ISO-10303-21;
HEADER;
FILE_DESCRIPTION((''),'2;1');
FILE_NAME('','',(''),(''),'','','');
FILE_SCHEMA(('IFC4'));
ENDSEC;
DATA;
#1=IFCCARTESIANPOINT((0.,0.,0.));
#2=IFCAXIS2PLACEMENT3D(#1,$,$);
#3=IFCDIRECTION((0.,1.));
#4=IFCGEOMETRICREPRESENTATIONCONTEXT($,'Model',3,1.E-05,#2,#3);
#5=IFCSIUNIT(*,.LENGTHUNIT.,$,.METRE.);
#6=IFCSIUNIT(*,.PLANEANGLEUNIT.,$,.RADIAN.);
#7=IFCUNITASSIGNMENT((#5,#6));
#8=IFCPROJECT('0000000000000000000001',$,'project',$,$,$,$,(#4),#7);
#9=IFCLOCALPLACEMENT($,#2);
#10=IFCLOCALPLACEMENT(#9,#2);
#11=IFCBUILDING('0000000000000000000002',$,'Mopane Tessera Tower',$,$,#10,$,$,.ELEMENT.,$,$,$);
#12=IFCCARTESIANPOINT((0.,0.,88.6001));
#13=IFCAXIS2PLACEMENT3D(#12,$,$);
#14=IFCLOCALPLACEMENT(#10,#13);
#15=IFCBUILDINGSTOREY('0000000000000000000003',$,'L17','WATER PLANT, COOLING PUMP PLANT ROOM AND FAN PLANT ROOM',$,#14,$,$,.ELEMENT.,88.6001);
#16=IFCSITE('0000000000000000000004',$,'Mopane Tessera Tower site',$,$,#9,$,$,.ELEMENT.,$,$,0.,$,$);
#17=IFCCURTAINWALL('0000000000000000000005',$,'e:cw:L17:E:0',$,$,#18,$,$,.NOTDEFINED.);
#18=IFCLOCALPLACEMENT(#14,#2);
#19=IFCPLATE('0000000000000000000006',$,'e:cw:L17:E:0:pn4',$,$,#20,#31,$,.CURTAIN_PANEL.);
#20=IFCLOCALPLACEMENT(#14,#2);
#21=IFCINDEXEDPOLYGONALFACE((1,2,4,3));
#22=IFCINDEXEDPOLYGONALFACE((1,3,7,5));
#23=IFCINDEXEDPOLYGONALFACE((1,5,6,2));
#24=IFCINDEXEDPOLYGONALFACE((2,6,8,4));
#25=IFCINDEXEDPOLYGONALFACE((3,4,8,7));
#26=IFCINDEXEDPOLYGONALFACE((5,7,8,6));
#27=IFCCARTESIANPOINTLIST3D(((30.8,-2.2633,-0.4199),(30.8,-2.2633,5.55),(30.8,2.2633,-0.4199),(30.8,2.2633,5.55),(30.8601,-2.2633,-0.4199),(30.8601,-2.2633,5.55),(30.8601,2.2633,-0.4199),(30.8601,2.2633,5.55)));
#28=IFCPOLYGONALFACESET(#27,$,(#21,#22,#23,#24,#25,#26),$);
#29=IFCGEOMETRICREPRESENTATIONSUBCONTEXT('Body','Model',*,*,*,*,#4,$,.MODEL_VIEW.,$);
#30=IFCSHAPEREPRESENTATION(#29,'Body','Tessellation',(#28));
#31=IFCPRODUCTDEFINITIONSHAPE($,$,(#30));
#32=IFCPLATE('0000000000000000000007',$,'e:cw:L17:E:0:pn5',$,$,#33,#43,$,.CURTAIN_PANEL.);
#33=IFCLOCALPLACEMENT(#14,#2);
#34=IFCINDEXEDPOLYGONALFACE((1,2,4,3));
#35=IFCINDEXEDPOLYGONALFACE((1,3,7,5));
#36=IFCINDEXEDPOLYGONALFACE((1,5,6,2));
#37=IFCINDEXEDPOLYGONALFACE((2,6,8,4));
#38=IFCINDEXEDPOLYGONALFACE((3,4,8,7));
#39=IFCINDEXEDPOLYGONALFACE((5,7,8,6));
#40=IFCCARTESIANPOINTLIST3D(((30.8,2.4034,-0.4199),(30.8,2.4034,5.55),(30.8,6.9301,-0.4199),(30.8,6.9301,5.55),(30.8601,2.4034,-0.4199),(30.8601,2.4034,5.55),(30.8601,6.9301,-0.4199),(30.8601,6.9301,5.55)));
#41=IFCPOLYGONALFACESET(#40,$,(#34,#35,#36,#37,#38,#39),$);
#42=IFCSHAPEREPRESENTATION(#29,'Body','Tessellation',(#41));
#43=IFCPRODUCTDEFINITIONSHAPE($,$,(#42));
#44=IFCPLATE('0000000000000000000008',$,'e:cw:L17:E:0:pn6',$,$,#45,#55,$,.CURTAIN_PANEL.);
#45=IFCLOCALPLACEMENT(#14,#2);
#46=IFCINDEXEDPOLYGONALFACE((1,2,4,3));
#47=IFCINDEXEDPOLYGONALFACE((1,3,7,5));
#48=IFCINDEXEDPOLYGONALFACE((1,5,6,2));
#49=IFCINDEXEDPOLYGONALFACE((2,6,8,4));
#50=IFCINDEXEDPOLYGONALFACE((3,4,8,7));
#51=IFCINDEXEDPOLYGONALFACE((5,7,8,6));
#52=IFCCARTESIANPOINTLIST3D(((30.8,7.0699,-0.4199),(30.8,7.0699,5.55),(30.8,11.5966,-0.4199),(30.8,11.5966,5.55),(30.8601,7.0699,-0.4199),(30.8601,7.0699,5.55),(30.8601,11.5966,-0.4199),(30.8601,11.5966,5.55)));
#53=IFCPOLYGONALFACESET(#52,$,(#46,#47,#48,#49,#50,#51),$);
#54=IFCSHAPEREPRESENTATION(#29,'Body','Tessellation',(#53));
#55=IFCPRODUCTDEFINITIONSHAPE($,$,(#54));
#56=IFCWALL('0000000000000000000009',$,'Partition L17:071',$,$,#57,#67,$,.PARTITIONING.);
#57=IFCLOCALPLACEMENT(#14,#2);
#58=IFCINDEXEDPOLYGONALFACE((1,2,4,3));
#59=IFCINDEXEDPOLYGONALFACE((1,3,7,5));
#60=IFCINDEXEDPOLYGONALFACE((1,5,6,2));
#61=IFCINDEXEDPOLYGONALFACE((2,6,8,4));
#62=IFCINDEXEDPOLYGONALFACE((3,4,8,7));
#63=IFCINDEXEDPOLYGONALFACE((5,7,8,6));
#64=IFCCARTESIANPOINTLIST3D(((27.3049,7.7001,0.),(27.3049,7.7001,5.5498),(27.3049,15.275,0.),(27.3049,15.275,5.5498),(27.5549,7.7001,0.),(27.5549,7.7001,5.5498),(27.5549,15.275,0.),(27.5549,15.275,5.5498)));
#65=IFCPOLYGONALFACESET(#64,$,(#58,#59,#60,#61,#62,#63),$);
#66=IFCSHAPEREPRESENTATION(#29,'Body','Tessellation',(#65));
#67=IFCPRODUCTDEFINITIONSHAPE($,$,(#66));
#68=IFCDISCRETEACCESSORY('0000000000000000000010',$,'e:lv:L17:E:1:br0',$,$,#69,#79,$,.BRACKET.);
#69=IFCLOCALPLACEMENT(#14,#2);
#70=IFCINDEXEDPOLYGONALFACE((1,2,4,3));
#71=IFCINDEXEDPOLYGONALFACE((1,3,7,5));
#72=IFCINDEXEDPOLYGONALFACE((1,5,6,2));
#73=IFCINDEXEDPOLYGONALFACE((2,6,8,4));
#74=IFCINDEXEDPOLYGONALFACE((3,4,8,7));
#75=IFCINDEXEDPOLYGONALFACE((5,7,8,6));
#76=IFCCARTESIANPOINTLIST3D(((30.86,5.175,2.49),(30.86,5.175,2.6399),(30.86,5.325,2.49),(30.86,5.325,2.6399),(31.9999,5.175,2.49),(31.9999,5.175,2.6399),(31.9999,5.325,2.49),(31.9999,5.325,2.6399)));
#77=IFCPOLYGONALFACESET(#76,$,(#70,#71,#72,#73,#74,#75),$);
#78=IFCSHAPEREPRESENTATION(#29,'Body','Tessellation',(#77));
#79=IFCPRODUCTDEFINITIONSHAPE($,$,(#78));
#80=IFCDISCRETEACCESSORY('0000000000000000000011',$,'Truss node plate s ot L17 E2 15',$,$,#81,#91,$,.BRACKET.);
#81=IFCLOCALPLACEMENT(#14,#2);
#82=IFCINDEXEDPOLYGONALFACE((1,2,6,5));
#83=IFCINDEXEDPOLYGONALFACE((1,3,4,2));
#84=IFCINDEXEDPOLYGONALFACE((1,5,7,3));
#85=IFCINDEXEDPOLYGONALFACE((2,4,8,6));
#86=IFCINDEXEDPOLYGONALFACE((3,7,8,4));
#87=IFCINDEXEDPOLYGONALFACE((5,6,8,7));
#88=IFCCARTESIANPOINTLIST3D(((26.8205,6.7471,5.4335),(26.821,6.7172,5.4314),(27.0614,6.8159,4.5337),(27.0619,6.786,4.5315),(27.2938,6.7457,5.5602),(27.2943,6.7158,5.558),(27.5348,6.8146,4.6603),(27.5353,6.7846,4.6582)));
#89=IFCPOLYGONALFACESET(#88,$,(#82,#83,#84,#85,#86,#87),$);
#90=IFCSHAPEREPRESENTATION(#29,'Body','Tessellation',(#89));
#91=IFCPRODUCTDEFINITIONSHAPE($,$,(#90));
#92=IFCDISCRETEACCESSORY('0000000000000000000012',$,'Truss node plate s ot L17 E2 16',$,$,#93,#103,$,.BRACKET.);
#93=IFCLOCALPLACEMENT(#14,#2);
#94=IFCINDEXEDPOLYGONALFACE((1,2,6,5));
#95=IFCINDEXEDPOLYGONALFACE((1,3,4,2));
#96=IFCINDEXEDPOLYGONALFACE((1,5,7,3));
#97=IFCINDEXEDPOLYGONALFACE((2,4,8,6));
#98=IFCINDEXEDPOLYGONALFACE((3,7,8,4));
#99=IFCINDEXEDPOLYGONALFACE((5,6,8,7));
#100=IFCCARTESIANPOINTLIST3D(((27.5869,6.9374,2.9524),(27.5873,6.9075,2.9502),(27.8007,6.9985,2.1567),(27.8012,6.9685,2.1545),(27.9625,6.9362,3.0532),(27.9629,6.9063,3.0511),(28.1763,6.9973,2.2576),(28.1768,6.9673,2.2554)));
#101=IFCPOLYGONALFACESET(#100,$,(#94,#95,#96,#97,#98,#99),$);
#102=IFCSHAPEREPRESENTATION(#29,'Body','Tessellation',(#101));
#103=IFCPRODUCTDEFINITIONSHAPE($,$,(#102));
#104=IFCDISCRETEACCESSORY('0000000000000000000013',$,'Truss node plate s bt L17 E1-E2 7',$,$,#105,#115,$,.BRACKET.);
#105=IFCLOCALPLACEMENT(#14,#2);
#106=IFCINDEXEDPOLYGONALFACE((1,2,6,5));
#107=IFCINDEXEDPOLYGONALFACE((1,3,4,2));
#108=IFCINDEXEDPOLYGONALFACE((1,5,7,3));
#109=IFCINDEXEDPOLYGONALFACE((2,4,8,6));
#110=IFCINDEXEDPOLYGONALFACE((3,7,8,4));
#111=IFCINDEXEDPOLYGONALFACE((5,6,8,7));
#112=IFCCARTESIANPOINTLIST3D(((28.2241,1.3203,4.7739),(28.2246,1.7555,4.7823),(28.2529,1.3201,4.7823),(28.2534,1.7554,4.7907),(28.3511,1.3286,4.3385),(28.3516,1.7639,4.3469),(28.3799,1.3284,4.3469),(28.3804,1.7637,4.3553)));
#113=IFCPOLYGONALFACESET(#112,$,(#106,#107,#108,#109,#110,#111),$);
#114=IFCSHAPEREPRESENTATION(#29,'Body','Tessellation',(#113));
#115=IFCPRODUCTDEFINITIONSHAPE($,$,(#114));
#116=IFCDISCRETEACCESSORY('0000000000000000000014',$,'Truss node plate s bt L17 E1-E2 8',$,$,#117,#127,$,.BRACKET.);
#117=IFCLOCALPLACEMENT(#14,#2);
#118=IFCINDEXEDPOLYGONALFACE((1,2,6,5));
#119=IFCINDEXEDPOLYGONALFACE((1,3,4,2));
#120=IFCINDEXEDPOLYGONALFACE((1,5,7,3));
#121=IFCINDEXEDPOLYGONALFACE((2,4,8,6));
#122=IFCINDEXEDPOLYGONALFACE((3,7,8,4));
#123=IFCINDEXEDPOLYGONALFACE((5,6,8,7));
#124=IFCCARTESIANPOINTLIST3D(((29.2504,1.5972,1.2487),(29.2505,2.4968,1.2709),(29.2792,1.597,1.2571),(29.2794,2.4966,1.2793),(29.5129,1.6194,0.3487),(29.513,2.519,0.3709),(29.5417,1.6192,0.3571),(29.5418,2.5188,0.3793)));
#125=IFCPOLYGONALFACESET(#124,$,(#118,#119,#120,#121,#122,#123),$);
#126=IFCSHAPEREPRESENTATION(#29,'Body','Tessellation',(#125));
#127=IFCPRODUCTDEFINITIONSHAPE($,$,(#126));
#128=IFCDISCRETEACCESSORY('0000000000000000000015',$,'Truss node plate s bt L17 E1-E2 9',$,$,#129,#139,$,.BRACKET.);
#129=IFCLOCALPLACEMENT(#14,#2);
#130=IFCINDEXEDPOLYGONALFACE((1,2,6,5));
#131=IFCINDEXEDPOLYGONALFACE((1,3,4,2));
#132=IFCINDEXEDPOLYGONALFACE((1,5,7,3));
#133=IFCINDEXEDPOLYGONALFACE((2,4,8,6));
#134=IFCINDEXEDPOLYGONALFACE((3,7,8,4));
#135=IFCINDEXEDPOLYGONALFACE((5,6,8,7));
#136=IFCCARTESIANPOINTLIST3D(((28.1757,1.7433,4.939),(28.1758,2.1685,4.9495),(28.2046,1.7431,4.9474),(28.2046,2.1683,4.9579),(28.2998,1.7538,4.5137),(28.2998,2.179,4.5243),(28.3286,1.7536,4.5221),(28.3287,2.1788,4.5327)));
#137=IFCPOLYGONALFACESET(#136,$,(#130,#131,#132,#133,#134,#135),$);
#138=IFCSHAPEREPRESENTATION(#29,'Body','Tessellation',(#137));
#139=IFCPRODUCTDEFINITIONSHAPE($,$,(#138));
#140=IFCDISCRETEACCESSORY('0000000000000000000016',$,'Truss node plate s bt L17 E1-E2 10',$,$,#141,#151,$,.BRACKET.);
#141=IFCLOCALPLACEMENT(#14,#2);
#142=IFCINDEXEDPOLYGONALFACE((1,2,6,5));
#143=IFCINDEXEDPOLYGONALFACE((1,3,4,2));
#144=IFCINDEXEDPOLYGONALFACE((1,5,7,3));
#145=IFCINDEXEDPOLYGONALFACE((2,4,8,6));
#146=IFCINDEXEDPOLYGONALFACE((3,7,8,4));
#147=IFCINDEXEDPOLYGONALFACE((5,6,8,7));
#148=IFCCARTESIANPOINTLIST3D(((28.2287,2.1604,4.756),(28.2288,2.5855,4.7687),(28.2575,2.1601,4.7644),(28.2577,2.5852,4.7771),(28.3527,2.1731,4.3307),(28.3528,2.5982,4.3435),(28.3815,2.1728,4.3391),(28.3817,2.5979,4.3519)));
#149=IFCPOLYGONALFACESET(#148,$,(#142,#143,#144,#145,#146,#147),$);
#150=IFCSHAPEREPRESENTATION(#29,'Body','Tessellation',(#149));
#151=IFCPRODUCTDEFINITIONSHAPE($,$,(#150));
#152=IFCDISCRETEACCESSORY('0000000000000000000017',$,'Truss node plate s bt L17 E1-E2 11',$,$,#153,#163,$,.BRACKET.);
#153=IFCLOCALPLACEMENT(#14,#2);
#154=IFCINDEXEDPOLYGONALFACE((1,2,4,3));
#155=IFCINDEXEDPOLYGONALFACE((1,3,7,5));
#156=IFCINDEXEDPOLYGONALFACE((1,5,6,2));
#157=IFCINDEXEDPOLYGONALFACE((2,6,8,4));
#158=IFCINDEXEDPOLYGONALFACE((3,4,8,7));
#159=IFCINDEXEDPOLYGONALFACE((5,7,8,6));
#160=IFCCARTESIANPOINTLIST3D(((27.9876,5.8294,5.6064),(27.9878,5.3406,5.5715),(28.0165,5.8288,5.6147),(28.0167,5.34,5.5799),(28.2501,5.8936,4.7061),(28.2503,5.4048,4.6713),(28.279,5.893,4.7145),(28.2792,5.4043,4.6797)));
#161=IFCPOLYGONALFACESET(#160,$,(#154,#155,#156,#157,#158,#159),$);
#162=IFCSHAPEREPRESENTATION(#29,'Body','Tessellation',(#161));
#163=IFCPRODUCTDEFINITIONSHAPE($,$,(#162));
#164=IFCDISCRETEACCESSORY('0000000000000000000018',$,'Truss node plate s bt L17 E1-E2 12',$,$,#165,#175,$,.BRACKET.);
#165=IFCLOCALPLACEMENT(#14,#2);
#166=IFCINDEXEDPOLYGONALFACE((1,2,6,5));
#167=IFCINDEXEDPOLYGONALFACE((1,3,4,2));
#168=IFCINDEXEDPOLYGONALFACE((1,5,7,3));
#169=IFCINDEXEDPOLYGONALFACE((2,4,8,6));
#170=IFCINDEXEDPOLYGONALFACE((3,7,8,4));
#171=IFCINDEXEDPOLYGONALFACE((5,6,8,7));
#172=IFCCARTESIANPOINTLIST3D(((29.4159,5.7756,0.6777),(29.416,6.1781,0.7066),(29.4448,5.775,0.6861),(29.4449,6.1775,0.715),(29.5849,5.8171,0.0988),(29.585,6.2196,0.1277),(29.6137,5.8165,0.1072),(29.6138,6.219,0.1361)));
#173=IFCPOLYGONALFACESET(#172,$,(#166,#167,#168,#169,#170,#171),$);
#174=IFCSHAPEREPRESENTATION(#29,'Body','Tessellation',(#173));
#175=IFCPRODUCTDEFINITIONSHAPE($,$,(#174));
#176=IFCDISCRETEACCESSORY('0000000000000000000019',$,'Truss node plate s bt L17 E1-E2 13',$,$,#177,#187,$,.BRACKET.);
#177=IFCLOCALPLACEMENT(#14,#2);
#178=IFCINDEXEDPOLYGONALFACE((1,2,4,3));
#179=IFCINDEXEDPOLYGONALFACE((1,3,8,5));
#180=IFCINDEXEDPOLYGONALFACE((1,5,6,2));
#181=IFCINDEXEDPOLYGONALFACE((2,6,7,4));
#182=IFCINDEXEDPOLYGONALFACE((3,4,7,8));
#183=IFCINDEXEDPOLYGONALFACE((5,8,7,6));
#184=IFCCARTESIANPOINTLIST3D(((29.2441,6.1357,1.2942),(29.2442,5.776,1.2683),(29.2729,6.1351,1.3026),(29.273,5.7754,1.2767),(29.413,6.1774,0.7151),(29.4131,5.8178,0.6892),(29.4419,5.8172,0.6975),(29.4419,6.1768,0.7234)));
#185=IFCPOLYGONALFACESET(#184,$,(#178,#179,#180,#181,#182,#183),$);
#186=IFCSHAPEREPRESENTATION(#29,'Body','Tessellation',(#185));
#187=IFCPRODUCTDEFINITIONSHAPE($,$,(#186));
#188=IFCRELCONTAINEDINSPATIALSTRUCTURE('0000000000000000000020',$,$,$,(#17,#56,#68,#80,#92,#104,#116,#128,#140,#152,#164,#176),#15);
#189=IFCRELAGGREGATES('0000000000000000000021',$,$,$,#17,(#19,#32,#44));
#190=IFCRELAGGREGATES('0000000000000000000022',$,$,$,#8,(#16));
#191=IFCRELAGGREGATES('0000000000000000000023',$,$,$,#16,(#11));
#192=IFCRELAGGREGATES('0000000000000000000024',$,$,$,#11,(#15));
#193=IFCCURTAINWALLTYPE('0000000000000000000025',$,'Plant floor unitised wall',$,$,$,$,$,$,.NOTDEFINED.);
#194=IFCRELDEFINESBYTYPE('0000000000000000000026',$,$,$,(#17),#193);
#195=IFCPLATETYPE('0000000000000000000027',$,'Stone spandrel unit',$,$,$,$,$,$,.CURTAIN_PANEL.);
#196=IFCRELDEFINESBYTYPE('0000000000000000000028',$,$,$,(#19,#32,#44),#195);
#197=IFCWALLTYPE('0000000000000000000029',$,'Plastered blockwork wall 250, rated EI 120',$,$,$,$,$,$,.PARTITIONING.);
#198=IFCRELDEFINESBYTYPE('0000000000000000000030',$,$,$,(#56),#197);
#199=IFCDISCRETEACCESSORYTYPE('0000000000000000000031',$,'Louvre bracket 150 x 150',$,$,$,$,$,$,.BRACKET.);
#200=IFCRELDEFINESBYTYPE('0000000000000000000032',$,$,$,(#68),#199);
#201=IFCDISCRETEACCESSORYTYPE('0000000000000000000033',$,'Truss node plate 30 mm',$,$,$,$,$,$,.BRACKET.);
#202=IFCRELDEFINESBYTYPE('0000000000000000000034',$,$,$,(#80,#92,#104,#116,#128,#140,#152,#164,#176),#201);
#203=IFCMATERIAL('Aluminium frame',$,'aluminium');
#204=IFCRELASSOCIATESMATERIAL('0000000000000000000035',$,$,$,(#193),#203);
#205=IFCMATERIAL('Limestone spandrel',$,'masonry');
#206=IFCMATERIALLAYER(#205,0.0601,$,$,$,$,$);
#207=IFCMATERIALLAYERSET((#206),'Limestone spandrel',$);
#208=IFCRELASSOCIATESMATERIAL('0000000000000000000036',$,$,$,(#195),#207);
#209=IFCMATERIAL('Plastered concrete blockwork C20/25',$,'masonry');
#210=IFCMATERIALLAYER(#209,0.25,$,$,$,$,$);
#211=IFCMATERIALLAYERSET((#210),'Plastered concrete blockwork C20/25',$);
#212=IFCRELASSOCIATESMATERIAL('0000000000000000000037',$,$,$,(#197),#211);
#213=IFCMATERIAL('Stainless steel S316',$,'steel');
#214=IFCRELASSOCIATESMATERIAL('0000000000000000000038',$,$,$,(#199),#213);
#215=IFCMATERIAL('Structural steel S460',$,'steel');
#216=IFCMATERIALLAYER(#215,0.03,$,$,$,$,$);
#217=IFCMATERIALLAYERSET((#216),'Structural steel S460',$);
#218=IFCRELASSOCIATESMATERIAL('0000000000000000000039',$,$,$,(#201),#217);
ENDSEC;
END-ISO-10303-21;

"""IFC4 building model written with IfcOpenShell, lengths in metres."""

from ifc_helpers import new_model, si_unit, direction, frame, frame_2d, origin, origin_2d, place, context, subcontext, project, spatial, rectangle, extrude, material, layer, layer_set, type_object, element, aggregate, save


model = new_model("IFC4")

# Units and contexts
model_context = context("Model", 3, precision=1e-05, world=origin(), true_north=direction((0.0, 1.0)))
body_context = subcontext(model_context, "Body", "Model", "MODEL_VIEW")
ifc_project = project(units=[si_unit("LENGTHUNIT", "METRE"), si_unit("PLANEANGLEUNIT", "RADIAN")], contexts=[model_context])

# Site, building, storey
site_placement = place(None, origin())
site = spatial("IfcSite", under=ifc_project, at=site_placement, Name="Mopane Tessera Tower site", CompositionType="ELEMENT", RefElevation=0.0)
building_placement = place(site_placement, origin())
building = spatial("IfcBuilding", under=site, at=building_placement, Name="Mopane Tessera Tower", CompositionType="ELEMENT")
storey_placement = place(building_placement, frame((0.0, 0.0, 88.6001)))
storey = spatial("IfcBuildingStorey", under=building, at=storey_placement, Name="L17", Description="WATER PLANT, COOLING PUMP PLANT ROOM AND FAN PLANT ROOM", CompositionType="ELEMENT", Elevation=88.6001)

# Curtain wall
ifc_material_1 = material(Name="Aluminium frame", Category="aluminium")
curtain_wall_type = type_object("IfcCurtainWallType", Name="Plant floor unitised wall", PredefinedType="NOTDEFINED", material=ifc_material_1)
curtain_wall_placement = place(storey_placement, origin())
curtain_wall = element("IfcCurtainWall", 1, at=curtain_wall_placement, inside=storey, type_object=curtain_wall_type, Name="e:cw:L17:E:0", PredefinedType="NOTDEFINED")

# Plates
ifc_material_2 = material(Name="Limestone spandrel", Category="masonry")
ifc_layer_1 = layer(ifc_material_2, 0.0601)
ifc_layer_set_1 = layer_set([ifc_layer_1], Name="Limestone spandrel")
plate_type = type_object("IfcPlateType", Name="Stone spandrel unit", PredefinedType="CURTAIN_PANEL", material=ifc_layer_set_1)
plate_1_placement = place(storey_placement, frame((30.8301, 0.0, -0.4199), z_axis=(0.0, 0.0, 1.0), x_axis=(0.0, 1.0, 0.0)))
plate_1 = element("IfcPlate", 2, at=plate_1_placement, type_object=plate_type, Name="e:cw:L17:E:0:pn4", PredefinedType="CURTAIN_PANEL", context=body_context, shape_type="SweptSolid", body=[
    extrude(rectangle(XDim=4.5266, YDim=0.0601, at=origin_2d()), origin(), (0.0, 0.0, 1.0), 5.97),
])
plate_2_placement = place(storey_placement, frame((30.8301, 4.6667, -0.4199), z_axis=(0.0, 0.0, 1.0), x_axis=(0.0, 1.0, 0.0)))
plate_2 = element("IfcPlate", 3, at=plate_2_placement, type_object=plate_type, Name="e:cw:L17:E:0:pn5", PredefinedType="CURTAIN_PANEL", context=body_context, shape_type="SweptSolid", body=[
    extrude(rectangle(XDim=4.5266, YDim=0.0601, at=origin_2d()), origin(), (0.0, 0.0, 1.0), 5.97),
])
plate_3_placement = place(storey_placement, frame((30.8301, 9.3333, -0.4199), z_axis=(0.0, 0.0, 1.0), x_axis=(0.0, 1.0, 0.0)))
plate_3 = element("IfcPlate", 4, at=plate_3_placement, type_object=plate_type, Name="e:cw:L17:E:0:pn6", PredefinedType="CURTAIN_PANEL", context=body_context, shape_type="SweptSolid", body=[
    extrude(rectangle(XDim=4.5266, YDim=0.0601, at=origin_2d()), origin(), (0.0, 0.0, 1.0), 5.97),
])
aggregate(curtain_wall, [plate_1, plate_2, plate_3])

# Wall
ifc_material_3 = material(Name="Plastered concrete blockwork C20/25", Category="masonry")
ifc_layer_2 = layer(ifc_material_3, 0.25)
ifc_layer_set_2 = layer_set([ifc_layer_2], Name="Plastered concrete blockwork C20/25")
wall_type = type_object("IfcWallType", Name="Plastered blockwork wall 250, rated EI 120", PredefinedType="PARTITIONING", material=ifc_layer_set_2)
wall_placement = place(storey_placement, frame((27.4299, 7.7, 0.0), z_axis=(0.0, 0.0, 1.0), x_axis=(0.0, 1.0, 0.0)))
element("IfcWall", 5, at=wall_placement, inside=storey, type_object=wall_type, Name="Partition L17:071", PredefinedType="PARTITIONING", context=body_context, shape_type="SweptSolid", body=[
    extrude(rectangle(XDim=7.575, YDim=0.25, at=frame_2d((3.7876, 0.0))), origin(), (0.0, 0.0, 1.0), 5.5498),
])

# Discrete accessories
ifc_material_4 = material(Name="Stainless steel S316", Category="steel")
discrete_accessory_type_1 = type_object("IfcDiscreteAccessoryType", Name="Louvre bracket 150 x 150", PredefinedType="BRACKET", material=ifc_material_4)
discrete_accessory_1_placement = place(storey_placement, frame((31.4299, 5.25, 2.49), z_axis=(0.0, 0.0, 1.0), x_axis=(1.0, 0.0, 0.0)))
element("IfcDiscreteAccessory", 6, at=discrete_accessory_1_placement, inside=storey, type_object=discrete_accessory_type_1, Name="e:lv:L17:E:1:br0", PredefinedType="BRACKET", context=body_context, shape_type="SweptSolid", body=[
    extrude(rectangle(XDim=1.1399, YDim=0.1499, at=origin_2d()), origin(), (0.0, 0.0, 1.0), 0.1499),
])
ifc_material_5 = material(Name="Structural steel S460", Category="steel")
ifc_layer_3 = layer(ifc_material_5, 0.03)
ifc_layer_set_3 = layer_set([ifc_layer_3], Name="Structural steel S460")
discrete_accessory_type_2 = type_object("IfcDiscreteAccessoryType", Name="Truss node plate 30 mm", PredefinedType="BRACKET", material=ifc_layer_set_3)
discrete_accessory_2_placement = place(storey_placement, frame((27.2983, 6.8003, 4.5959), z_axis=(-0.257954, -0.073701, 0.963342), x_axis=(-0.016365, 0.997276, 0.071915)))
element("IfcDiscreteAccessory", 7, at=discrete_accessory_2_placement, inside=storey, type_object=discrete_accessory_type_2, Name="Truss node plate s ot L17 E2 15", PredefinedType="BRACKET", context=body_context, shape_type="SweptSolid", body=[
    extrude(rectangle(XDim=0.03, YDim=0.49, at=origin_2d()), origin(), (0.0, 0.0, 1.0), 0.9341),
])
discrete_accessory_3_placement = place(storey_placement, frame((27.9888, 6.9829, 2.2061), z_axis=(-0.258871, -0.073879, 0.963082), x_axis=(-0.016199, 0.997262, 0.072146)))
element("IfcDiscreteAccessory", 8, at=discrete_accessory_3_placement, inside=storey, type_object=discrete_accessory_type_2, Name="Truss node plate s ot L17 E2 16", PredefinedType="BRACKET", context=body_context, shape_type="SweptSolid", body=[
    extrude(rectangle(XDim=0.03, YDim=0.3889, at=origin_2d()), origin(), (0.0, 0.0, 1.0), 0.8262),
])
discrete_accessory_4_placement = place(storey_placement, frame((28.3657, 1.5461, 4.3469), z_axis=(-0.279932, -0.018303, 0.959845), x_axis=(-0.960019, 0.006552, -0.279858)))
element("IfcDiscreteAccessory", 9, at=discrete_accessory_4_placement, inside=storey, type_object=discrete_accessory_type_2, Name="Truss node plate s bt L17 E1-E2 7", PredefinedType="BRACKET", context=body_context, shape_type="SweptSolid", body=[
    extrude(rectangle(XDim=0.03, YDim=0.4353, at=origin_2d()), origin(), (0.0, 0.0, 1.0), 0.4536),
])
discrete_accessory_5_placement = place(storey_placement, frame((29.5273, 2.0691, 0.364), z_axis=(-0.279901, -0.023694, 0.959736), x_axis=(-0.960029, 0.007084, -0.279812)))
element("IfcDiscreteAccessory", 10, at=discrete_accessory_5_placement, inside=storey, type_object=discrete_accessory_type_2, Name="Truss node plate s bt L17 E1-E2 8", PredefinedType="BRACKET", context=body_context, shape_type="SweptSolid", body=[
    extrude(rectangle(XDim=0.03, YDim=0.8999, at=origin_2d()), origin(), (0.0, 0.0, 1.0), 0.9377),
])
for number, where, z_axis, x_axis, name in (
    (11, (28.3142, 1.9663, 4.5232), (-0.279879, -0.023691, 0.959743), (-0.960035, 0.007089, -0.279789), "Truss node plate s bt L17 E1-E2 9"),
    (12, (28.3672, 2.3855, 4.3413), (-0.279843, -0.028645, 0.959618), (-0.960046, 0.008672, -0.279709), "Truss node plate s bt L17 E1-E2 10"),
):
    element("IfcDiscreteAccessory", number, at=place(storey_placement, frame(where, z_axis=z_axis, x_axis=x_axis)), inside=storey, type_object=discrete_accessory_type_2, Name=name, PredefinedType="BRACKET", context=body_context, shape_type="SweptSolid", body=[
        extrude(rectangle(XDim=0.03, YDim=0.4253, at=origin_2d()), origin(), (0.0, 0.0, 1.0), 0.4431),
    ])
discrete_accessory_6_placement = place(storey_placement, frame((28.2646, 5.6489, 4.6929), z_axis=(-0.279256, -0.06832, 0.957783), x_axis=(-0.960217, 0.019442, -0.278579)))
element("IfcDiscreteAccessory", 13, at=discrete_accessory_6_placement, inside=storey, type_object=discrete_accessory_type_2, Name="Truss node plate s bt L17 E1-E2 11", PredefinedType="BRACKET", context=body_context, shape_type="SweptSolid", body=[
    extrude(rectangle(XDim=0.03, YDim=0.49, at=origin_2d()), origin(), (0.0, 0.0, 1.0), 0.9399),
])
discrete_accessory_7_placement = place(storey_placement, frame((29.5994, 6.0181, 0.1174), z_axis=(-0.27951, -0.068666, 0.957684), x_axis=(-0.960143, 0.020286, -0.278773)))
element("IfcDiscreteAccessory", 14, at=discrete_accessory_7_placement, inside=storey, type_object=discrete_accessory_type_2, Name="Truss node plate s bt L17 E1-E2 12", PredefinedType="BRACKET", context=body_context, shape_type="SweptSolid", body=[
    extrude(rectangle(XDim=0.03, YDim=0.4036, at=origin_2d()), origin(), (0.0, 0.0, 1.0), 0.6045),
])
discrete_accessory_8_placement = place(storey_placement, frame((29.4275, 5.9973, 0.7063), z_axis=(-0.279394, -0.069041, 0.957691), x_axis=(-0.960177, 0.019844, -0.278688)))
element("IfcDiscreteAccessory", 15, at=discrete_accessory_8_placement, inside=storey, type_object=discrete_accessory_type_2, Name="Truss node plate s bt L17 E1-E2 13", PredefinedType="BRACKET", context=body_context, shape_type="SweptSolid", body=[
    extrude(rectangle(XDim=0.03, YDim=0.3606, at=origin_2d()), origin(), (0.0, 0.0, 1.0), 0.6047),
])

save(model, "model.ifc")
